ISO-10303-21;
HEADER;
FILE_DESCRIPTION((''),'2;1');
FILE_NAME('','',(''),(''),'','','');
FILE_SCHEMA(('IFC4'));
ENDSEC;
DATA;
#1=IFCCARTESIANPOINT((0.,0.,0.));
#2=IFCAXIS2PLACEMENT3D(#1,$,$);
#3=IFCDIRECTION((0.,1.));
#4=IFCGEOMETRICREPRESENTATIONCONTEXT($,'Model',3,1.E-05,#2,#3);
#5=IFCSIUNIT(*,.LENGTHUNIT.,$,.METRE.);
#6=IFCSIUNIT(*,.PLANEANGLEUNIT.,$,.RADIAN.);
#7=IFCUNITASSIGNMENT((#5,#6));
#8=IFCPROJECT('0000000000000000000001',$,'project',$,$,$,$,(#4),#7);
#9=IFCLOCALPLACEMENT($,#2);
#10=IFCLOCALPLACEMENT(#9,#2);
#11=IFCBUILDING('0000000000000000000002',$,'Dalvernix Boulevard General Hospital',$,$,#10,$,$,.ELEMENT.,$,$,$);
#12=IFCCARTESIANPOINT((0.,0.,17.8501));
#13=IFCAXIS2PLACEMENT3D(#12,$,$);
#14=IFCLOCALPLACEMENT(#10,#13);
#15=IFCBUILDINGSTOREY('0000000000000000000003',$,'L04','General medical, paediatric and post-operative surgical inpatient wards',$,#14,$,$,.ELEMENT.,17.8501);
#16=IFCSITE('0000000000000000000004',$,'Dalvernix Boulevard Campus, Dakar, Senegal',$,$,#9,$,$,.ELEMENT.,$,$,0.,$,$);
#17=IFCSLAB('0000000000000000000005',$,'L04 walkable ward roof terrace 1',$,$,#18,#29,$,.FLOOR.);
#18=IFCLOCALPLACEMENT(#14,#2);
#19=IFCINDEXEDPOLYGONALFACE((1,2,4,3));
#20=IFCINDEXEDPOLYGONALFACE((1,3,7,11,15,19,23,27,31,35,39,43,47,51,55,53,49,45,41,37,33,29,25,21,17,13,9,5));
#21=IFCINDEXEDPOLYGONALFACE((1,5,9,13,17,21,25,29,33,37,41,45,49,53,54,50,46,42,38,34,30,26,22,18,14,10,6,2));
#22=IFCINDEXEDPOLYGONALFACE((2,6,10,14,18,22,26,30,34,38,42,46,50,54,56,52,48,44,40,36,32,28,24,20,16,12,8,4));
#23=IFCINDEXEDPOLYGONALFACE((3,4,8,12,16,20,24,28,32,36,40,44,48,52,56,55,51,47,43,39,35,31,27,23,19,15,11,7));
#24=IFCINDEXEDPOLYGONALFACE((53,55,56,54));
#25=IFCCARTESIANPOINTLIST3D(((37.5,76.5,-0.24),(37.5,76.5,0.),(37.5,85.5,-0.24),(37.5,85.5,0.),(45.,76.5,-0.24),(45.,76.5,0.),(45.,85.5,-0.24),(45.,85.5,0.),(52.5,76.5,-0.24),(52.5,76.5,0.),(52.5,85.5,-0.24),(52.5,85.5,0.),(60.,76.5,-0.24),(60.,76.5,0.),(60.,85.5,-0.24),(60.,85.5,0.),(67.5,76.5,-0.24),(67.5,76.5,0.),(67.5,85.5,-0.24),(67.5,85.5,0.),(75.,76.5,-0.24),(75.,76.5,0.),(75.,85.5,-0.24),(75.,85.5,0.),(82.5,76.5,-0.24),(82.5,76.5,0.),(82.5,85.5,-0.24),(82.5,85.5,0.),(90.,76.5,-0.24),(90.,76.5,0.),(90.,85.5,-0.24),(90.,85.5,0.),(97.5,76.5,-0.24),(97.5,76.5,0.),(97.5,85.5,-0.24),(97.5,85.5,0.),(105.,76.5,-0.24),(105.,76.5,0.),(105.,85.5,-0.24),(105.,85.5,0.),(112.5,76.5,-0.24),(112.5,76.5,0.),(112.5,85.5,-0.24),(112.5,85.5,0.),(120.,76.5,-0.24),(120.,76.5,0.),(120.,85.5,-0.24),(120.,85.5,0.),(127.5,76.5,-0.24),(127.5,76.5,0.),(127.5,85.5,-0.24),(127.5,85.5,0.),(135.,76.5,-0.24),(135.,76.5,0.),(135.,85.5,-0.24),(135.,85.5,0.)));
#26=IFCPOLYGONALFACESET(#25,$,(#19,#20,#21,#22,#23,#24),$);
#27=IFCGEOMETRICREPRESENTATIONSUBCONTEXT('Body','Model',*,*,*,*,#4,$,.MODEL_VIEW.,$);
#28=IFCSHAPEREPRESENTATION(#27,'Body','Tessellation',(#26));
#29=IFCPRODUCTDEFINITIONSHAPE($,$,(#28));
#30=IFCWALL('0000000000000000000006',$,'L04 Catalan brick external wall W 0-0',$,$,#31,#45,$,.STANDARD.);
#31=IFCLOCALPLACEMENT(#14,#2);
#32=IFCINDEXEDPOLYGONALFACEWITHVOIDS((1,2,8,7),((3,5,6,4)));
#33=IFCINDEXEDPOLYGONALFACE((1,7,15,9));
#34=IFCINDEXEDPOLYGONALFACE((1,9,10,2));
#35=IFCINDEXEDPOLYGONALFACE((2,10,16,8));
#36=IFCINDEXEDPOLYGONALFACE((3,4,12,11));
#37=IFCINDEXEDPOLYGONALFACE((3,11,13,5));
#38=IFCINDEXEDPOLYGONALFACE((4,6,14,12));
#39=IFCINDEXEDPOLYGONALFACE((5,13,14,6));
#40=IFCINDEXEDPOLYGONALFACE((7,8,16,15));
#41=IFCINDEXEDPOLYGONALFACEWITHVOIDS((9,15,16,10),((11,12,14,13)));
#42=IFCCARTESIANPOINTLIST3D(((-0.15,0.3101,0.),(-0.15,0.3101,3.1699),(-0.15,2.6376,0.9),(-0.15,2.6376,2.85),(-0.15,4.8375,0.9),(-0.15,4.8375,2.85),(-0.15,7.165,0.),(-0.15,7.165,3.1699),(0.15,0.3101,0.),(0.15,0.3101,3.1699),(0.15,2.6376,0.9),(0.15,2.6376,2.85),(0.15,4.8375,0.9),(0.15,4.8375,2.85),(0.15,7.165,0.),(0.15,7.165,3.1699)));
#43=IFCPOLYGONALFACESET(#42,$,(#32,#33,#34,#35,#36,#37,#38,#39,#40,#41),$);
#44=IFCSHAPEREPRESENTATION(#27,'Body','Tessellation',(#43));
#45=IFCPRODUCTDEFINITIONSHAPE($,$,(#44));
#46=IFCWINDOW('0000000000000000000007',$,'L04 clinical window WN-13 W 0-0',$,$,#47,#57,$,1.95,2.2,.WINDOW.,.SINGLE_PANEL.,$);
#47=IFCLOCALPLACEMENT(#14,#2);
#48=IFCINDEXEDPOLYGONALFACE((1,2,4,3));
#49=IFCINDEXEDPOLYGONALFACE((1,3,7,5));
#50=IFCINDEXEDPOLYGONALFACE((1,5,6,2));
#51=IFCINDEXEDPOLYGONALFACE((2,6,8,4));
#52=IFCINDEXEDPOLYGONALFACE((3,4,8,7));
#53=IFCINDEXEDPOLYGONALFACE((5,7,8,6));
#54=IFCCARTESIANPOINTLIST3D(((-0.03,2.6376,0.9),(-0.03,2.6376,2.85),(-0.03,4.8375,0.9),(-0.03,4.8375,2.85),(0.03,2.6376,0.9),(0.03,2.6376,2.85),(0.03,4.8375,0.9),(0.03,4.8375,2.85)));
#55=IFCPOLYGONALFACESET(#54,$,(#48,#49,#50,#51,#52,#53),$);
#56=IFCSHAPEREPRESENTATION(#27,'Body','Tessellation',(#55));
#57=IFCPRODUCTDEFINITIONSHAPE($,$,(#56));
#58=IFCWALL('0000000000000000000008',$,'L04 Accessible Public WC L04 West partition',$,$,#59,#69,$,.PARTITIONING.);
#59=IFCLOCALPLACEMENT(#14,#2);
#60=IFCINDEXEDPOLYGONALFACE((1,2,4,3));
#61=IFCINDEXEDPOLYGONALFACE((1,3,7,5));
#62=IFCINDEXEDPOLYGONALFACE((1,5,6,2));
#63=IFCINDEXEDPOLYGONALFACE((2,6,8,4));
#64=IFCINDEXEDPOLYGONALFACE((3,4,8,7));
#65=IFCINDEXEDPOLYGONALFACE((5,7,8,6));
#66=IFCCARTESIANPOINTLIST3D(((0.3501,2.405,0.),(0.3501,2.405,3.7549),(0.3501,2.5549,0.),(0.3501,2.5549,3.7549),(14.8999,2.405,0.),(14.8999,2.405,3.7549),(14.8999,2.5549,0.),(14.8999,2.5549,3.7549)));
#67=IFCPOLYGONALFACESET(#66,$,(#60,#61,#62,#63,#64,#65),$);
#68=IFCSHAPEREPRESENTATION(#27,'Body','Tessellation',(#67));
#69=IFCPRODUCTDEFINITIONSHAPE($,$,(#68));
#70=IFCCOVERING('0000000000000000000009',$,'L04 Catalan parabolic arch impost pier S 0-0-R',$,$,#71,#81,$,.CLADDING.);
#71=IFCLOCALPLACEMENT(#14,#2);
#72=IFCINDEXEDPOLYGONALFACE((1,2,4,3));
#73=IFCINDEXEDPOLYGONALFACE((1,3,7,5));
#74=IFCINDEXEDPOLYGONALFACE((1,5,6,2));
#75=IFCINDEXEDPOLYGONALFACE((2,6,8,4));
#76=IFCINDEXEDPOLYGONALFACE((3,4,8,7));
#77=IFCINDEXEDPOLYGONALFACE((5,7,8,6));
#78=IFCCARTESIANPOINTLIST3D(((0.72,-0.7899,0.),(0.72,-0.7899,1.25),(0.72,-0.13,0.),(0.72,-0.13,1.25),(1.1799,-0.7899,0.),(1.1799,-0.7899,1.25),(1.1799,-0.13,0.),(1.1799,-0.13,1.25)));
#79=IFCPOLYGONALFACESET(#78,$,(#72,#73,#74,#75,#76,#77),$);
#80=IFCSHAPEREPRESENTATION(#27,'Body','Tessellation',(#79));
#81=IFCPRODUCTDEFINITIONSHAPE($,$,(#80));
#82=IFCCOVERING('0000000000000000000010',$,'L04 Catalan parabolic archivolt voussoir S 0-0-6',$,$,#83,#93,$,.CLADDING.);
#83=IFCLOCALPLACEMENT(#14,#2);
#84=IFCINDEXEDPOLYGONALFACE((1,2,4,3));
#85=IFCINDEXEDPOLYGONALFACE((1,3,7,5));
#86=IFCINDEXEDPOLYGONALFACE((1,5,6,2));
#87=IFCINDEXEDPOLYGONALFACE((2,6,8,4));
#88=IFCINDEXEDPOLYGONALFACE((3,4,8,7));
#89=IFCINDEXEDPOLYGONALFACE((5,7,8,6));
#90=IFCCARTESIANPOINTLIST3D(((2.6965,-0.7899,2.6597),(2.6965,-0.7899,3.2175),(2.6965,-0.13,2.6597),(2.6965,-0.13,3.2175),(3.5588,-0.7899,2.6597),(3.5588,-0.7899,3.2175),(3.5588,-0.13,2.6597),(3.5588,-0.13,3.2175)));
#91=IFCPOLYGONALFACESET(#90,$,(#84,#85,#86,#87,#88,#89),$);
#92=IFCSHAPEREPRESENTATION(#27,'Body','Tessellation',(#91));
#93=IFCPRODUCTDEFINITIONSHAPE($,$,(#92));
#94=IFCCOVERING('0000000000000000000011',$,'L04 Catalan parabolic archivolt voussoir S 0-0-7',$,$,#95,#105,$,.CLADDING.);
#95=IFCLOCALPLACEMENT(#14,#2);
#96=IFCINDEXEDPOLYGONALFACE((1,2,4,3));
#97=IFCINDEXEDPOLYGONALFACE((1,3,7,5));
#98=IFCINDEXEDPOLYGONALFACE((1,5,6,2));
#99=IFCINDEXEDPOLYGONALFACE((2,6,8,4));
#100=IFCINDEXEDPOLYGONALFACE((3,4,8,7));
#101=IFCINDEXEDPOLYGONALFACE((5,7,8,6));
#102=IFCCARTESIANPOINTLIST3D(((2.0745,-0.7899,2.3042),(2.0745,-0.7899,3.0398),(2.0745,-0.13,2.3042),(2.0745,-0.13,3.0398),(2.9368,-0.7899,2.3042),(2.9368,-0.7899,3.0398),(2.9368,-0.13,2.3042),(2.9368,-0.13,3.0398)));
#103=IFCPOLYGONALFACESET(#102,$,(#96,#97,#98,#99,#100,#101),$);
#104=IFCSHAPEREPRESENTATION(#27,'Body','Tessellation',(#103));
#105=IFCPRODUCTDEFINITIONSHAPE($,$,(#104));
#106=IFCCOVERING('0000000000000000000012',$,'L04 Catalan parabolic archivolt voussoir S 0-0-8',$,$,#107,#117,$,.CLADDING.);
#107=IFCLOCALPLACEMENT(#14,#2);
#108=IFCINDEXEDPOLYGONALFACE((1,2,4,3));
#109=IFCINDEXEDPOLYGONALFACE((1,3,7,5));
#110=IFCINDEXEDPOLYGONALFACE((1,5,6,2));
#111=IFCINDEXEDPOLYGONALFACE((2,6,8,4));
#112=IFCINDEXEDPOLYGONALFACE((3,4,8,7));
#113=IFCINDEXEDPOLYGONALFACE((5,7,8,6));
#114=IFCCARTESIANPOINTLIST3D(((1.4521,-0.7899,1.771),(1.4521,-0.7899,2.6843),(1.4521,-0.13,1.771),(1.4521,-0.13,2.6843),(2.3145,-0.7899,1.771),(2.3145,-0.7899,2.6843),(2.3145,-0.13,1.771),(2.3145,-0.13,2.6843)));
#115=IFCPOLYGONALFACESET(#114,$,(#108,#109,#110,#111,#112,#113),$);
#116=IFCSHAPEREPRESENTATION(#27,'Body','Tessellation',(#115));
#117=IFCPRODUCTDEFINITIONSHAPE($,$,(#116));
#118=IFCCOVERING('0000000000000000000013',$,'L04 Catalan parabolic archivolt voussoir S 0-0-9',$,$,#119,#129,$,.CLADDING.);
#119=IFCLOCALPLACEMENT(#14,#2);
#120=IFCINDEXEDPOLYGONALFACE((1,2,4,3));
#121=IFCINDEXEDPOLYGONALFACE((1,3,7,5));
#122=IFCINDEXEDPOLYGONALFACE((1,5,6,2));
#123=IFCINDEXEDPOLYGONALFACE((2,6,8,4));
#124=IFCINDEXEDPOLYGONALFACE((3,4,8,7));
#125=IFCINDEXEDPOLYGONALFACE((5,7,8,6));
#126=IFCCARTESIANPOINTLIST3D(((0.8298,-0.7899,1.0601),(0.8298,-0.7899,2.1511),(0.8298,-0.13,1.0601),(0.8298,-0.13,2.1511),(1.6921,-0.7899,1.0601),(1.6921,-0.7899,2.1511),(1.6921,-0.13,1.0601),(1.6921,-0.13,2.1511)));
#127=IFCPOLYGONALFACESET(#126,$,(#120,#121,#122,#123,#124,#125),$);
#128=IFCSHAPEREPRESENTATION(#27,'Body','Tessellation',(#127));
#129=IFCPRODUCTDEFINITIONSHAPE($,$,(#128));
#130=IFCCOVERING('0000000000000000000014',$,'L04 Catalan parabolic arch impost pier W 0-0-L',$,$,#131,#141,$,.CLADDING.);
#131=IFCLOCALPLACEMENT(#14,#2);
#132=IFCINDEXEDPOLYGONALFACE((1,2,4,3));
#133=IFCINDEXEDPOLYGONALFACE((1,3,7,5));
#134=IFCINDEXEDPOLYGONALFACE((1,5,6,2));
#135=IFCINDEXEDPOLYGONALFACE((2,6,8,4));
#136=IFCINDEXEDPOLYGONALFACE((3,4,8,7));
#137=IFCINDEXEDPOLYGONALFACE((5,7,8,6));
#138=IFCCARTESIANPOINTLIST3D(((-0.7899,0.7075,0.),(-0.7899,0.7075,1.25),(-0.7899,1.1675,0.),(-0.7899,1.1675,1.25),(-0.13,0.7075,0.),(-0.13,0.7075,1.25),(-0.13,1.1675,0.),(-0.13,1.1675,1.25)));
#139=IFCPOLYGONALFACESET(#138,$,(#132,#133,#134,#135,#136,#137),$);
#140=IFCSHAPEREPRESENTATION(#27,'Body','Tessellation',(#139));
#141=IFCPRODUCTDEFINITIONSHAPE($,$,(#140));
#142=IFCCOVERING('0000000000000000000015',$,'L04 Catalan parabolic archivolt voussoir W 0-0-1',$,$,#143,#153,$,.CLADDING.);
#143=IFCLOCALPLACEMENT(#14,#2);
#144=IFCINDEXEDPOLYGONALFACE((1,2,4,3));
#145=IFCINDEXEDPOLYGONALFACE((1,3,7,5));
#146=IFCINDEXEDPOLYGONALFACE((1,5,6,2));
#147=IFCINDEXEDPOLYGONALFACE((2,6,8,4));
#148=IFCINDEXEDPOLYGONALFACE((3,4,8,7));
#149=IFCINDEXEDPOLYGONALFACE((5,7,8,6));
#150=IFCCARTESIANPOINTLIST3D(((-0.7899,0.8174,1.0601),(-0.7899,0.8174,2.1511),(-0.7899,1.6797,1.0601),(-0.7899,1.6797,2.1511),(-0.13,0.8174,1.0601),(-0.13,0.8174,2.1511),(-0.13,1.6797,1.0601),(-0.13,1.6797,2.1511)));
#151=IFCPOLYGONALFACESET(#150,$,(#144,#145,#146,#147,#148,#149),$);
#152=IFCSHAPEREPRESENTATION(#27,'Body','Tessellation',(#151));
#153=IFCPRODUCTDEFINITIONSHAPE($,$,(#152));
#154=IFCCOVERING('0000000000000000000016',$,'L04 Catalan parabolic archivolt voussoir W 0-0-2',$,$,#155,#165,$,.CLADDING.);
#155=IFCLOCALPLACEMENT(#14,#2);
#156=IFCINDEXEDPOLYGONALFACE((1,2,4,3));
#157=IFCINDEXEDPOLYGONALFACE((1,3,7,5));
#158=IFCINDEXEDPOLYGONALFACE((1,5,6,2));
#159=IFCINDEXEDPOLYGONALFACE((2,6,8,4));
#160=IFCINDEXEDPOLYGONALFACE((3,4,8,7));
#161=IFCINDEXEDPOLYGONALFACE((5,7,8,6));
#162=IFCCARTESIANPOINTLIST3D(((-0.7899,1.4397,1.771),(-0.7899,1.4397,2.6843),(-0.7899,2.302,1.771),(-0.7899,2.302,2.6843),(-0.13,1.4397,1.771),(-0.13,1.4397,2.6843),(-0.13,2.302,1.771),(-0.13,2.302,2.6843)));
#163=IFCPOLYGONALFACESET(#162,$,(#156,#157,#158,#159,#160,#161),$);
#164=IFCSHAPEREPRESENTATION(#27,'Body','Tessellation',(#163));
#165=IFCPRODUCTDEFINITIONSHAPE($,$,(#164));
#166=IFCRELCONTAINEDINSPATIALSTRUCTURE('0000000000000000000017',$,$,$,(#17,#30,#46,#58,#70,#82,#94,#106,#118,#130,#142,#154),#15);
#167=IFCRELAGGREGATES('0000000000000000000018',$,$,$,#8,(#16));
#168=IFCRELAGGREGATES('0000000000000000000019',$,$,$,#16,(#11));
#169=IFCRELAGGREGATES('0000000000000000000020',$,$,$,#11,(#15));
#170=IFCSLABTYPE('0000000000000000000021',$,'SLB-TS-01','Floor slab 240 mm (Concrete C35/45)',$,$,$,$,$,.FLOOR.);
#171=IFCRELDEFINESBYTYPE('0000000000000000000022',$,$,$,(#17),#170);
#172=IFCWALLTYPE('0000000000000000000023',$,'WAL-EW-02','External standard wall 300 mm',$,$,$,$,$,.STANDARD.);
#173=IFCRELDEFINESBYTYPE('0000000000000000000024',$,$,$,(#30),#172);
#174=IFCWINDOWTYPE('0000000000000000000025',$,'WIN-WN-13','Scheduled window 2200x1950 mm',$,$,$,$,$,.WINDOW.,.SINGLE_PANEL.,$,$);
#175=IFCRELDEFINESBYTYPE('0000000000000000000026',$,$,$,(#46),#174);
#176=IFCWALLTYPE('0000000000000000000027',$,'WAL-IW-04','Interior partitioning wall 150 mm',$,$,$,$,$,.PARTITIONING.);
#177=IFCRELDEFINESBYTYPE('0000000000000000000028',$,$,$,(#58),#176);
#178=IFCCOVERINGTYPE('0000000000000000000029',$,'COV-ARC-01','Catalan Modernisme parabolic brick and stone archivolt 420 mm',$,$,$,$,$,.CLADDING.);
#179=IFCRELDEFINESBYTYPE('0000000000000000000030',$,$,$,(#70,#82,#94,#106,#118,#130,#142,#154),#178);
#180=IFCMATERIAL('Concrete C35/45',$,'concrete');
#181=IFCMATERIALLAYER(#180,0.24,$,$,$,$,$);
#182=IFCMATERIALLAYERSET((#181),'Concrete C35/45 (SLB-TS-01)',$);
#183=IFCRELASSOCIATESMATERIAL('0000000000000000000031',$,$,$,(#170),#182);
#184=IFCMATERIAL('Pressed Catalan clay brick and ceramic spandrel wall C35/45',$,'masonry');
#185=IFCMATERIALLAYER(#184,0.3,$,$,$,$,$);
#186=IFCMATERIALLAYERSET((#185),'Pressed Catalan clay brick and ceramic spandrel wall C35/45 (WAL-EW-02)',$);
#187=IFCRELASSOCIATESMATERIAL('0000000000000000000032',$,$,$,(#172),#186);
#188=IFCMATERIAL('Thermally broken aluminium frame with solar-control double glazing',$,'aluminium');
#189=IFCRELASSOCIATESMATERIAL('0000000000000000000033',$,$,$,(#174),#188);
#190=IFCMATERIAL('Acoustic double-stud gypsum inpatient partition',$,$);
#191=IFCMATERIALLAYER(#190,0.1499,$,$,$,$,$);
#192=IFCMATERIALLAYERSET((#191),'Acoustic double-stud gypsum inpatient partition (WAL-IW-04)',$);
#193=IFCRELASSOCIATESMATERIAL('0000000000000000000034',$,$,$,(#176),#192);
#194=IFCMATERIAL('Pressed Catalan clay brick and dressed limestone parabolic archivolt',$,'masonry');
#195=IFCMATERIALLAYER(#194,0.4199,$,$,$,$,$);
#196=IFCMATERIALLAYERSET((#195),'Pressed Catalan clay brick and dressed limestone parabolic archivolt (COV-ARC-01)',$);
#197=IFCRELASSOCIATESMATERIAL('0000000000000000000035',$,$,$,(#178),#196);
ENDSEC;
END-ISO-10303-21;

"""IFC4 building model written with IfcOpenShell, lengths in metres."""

from ifc_helpers import new_model, si_unit, direction, frame, frame_2d, origin, origin_2d, place, context, subcontext, project, spatial, polyline, rectangle, outline, extrude, material, layer, layer_set, type_object, element, fill, save


model = new_model("IFC4")

# Units and contexts
model_context = context("Model", 3, precision=1e-05, world=origin(), true_north=direction((0.0, 1.0)))
body_context = subcontext(model_context, "Body", "Model", "MODEL_VIEW")
ifc_project = project(units=[si_unit("LENGTHUNIT", "METRE"), si_unit("PLANEANGLEUNIT", "RADIAN")], contexts=[model_context])

# Site, building, storey
site_placement = place(None, origin())
site = spatial("IfcSite", under=ifc_project, at=site_placement, Name="Dalvernix Boulevard Campus, Dakar, Senegal", CompositionType="ELEMENT", RefElevation=0.0)
building_placement = place(site_placement, origin())
building = spatial("IfcBuilding", under=site, at=building_placement, Name="Dalvernix Boulevard General Hospital", CompositionType="ELEMENT")
storey_placement = place(building_placement, frame((0.0, 0.0, 17.8501)))
storey = spatial("IfcBuildingStorey", under=building, at=storey_placement, Name="L04", Description="General medical, paediatric and post-operative surgical inpatient wards", CompositionType="ELEMENT", Elevation=17.8501)

# Shared definitions
ifc_material_1 = material(Name="Concrete C35/45", Category="concrete")

# Slab
ifc_layer_1 = layer(ifc_material_1, 0.24)
ifc_layer_set_1 = layer_set([ifc_layer_1], Name="Concrete C35/45 (SLB-TS-01)")
slab_type_1 = type_object("IfcSlabType", Name="SLB-TS-01", Description="Floor slab 240 mm (Concrete C35/45)", PredefinedType="FLOOR", material=ifc_layer_set_1)
slab_1_placement = place(storey_placement, frame((0.0, 0.0, -0.24)))
element("IfcSlab", 1, at=slab_1_placement, inside=storey, type_object=slab_type_1, Name="L04 walkable ward roof terrace 1", PredefinedType="FLOOR", context=body_context, shape_type="SweptSolid", body=[
    extrude(outline(polyline([(45.0, 85.5), (52.5, 85.5), (60.0, 85.5), (67.5, 85.5), (75.0, 85.5), (82.5, 85.5), (90.0, 85.5), (97.5, 85.5), (105.0, 85.5), (112.5, 85.5), (120.0, 85.5), (127.5, 85.5), (135.0, 85.5), (135.0, 76.5), (127.5, 76.5), (120.0, 76.5), (112.5, 76.5), (105.0, 76.5), (97.5, 76.5), (90.0, 76.5), (82.5, 76.5), (75.0, 76.5), (67.5, 76.5), (60.0, 76.5), (52.5, 76.5), (45.0, 76.5), (37.5, 76.5), (37.5, 85.5), (45.0, 85.5)])), origin(), (0.0, 0.0, 1.0), 0.24),
])

# Wall, opening, window
ifc_material_2 = material(Name="Pressed Catalan clay brick and ceramic spandrel wall C35/45", Category="masonry")
ifc_layer_2 = layer(ifc_material_2, 0.3)
ifc_layer_set_2 = layer_set([ifc_layer_2], Name="Pressed Catalan clay brick and ceramic spandrel wall C35/45 (WAL-EW-02)")
wall_type_1 = type_object("IfcWallType", Name="WAL-EW-02", Description="External standard wall 300 mm", PredefinedType="STANDARD", material=ifc_layer_set_2)
wall_1_placement = place(storey_placement, frame((0.0, 0.3101, 0.0), z_axis=(0.0, 0.0, 1.0), x_axis=(0.0, 1.0, 0.0)))
wall_1 = element("IfcWall", 2, at=wall_1_placement, inside=storey, type_object=wall_type_1, Name="L04 Catalan brick external wall W 0-0", PredefinedType="STANDARD", context=body_context, shape_type="SweptSolid", body=[
    extrude(rectangle(XDim=6.855, YDim=0.3, at=frame_2d((3.4275, 0.0))), origin(), (0.0, 0.0, 1.0), 3.1699),
])
opening_placement = place(wall_1_placement, frame((2.3274, 0.0, 0.8999)))
opening = element("IfcOpeningElement", 3, at=opening_placement, cuts=wall_1, PredefinedType="OPENING", context=body_context, shape_type="SweptSolid", body=[
    extrude(rectangle(XDim=2.2, YDim=1.95, at=frame_2d((1.1001, 0.9751))), frame((0.0, 0.1599, 0.0), z_axis=(0.0, -1.0, 0.0), x_axis=(1.0, 0.0, 0.0)), (0.0, 0.0, 1.0), 0.3201),
])
ifc_material_3 = material(Name="Thermally broken aluminium frame with solar-control double glazing", Category="aluminium")
window_type = type_object("IfcWindowType", Name="WIN-WN-13", Description="Scheduled window 2200x1950 mm", PartitioningType="SINGLE_PANEL", PredefinedType="WINDOW", material=ifc_material_3)
window_placement = place(opening_placement, origin())
window = element("IfcWindow", 4, at=window_placement, inside=storey, type_object=window_type, Name="L04 clinical window WN-13 W 0-0", OverallHeight=1.95, OverallWidth=2.2, PartitioningType="SINGLE_PANEL", PredefinedType="WINDOW", context=body_context, shape_type="SweptSolid", body=[
    extrude(rectangle(XDim=2.2, YDim=1.95, at=frame_2d((1.1001, 0.9751))), frame((0.0, 0.03, 0.0), z_axis=(0.0, -1.0, 0.0), x_axis=(1.0, 0.0, 0.0)), (0.0, 0.0, 1.0), 0.0601),
])
fill(opening, window)

# Wall
ifc_material_4 = material(Name="Acoustic double-stud gypsum inpatient partition")
ifc_layer_3 = layer(ifc_material_4, 0.1499)
ifc_layer_set_3 = layer_set([ifc_layer_3], Name="Acoustic double-stud gypsum inpatient partition (WAL-IW-04)")
wall_type_2 = type_object("IfcWallType", Name="WAL-IW-04", Description="Interior partitioning wall 150 mm", PredefinedType="PARTITIONING", material=ifc_layer_set_3)
wall_2_placement = place(storey_placement, frame((0.3501, 2.48, 0.0), z_axis=(0.0, 0.0, 1.0), x_axis=(1.0, 0.0, 0.0)))
element("IfcWall", 5, at=wall_2_placement, inside=storey, type_object=wall_type_2, Name="L04 Accessible Public WC L04 West partition", PredefinedType="PARTITIONING", context=body_context, shape_type="SweptSolid", body=[
    extrude(rectangle(XDim=14.5498, YDim=0.1499, at=frame_2d((7.2749, 0.0))), origin(), (0.0, 0.0, 1.0), 3.7549),
])

# Coverings
ifc_material_5 = material(Name="Pressed Catalan clay brick and dressed limestone parabolic archivolt", Category="masonry")
ifc_layer_4 = layer(ifc_material_5, 0.4199)
ifc_layer_set_4 = layer_set([ifc_layer_4], Name="Pressed Catalan clay brick and dressed limestone parabolic archivolt (COV-ARC-01)")
covering_type_1 = type_object("IfcCoveringType", Name="COV-ARC-01", Description="Catalan Modernisme parabolic brick and stone archivolt 420 mm", PredefinedType="CLADDING", material=ifc_layer_set_4)
covering_1_placement = place(storey_placement, frame((0.95, -0.46, 0.0), z_axis=(0.0, 0.0, 1.0), x_axis=(-1.0, 0.0, 0.0)))
element("IfcCovering", 6, at=covering_1_placement, inside=storey, type_object=covering_type_1, Name="L04 Catalan parabolic arch impost pier S 0-0-R", PredefinedType="CLADDING", context=body_context, shape_type="SweptSolid", body=[
    extrude(rectangle(XDim=0.46, YDim=0.6599, at=origin_2d()), origin(), (0.0, 0.0, 1.0), 1.25),
])
covering_2_placement = place(storey_placement, frame((3.1277, -0.46, 2.6597), z_axis=(0.0, 0.0, 1.0), x_axis=(-1.0, 0.0, 0.0)))
element("IfcCovering", 7, at=covering_2_placement, inside=storey, type_object=covering_type_1, Name="L04 Catalan parabolic archivolt voussoir S 0-0-6", PredefinedType="CLADDING", context=body_context, shape_type="SweptSolid", body=[
    extrude(rectangle(XDim=0.8623, YDim=0.6599, at=origin_2d()), origin(), (0.0, 0.0, 1.0), 0.5579),
])
covering_3_placement = place(storey_placement, frame((2.5056, -0.46, 2.3042), z_axis=(0.0, 0.0, 1.0), x_axis=(-1.0, 0.0, 0.0)))
element("IfcCovering", 8, at=covering_3_placement, inside=storey, type_object=covering_type_1, Name="L04 Catalan parabolic archivolt voussoir S 0-0-7", PredefinedType="CLADDING", context=body_context, shape_type="SweptSolid", body=[
    extrude(rectangle(XDim=0.8623, YDim=0.6599, at=origin_2d()), origin(), (0.0, 0.0, 1.0), 0.7356),
])
covering_4_placement = place(storey_placement, frame((1.8833, -0.46, 1.771), z_axis=(0.0, 0.0, 1.0), x_axis=(-1.0, 0.0, 0.0)))
element("IfcCovering", 9, at=covering_4_placement, inside=storey, type_object=covering_type_1, Name="L04 Catalan parabolic archivolt voussoir S 0-0-8", PredefinedType="CLADDING", context=body_context, shape_type="SweptSolid", body=[
    extrude(rectangle(XDim=0.8623, YDim=0.6599, at=origin_2d()), origin(), (0.0, 0.0, 1.0), 0.9133),
])
covering_5_placement = place(storey_placement, frame((1.261, -0.46, 1.0601), z_axis=(0.0, 0.0, 1.0), x_axis=(-1.0, 0.0, 0.0)))
element("IfcCovering", 10, at=covering_5_placement, inside=storey, type_object=covering_type_1, Name="L04 Catalan parabolic archivolt voussoir S 0-0-9", PredefinedType="CLADDING", context=body_context, shape_type="SweptSolid", body=[
    extrude(rectangle(XDim=0.8623, YDim=0.6599, at=origin_2d()), origin(), (0.0, 0.0, 1.0), 1.0911),
])
covering_6_placement = place(storey_placement, frame((-0.46, 0.9375, 0.0), z_axis=(0.0, 0.0, 1.0), x_axis=(0.0, 1.0, 0.0)))
element("IfcCovering", 11, at=covering_6_placement, inside=storey, type_object=covering_type_1, Name="L04 Catalan parabolic arch impost pier W 0-0-L", PredefinedType="CLADDING", context=body_context, shape_type="SweptSolid", body=[
    extrude(rectangle(XDim=0.46, YDim=0.6599, at=origin_2d()), origin(), (0.0, 0.0, 1.0), 1.25),
])
covering_7_placement = place(storey_placement, frame((-0.46, 1.2485, 1.0601), z_axis=(0.0, 0.0, 1.0), x_axis=(0.0, 1.0, 0.0)))
element("IfcCovering", 12, at=covering_7_placement, inside=storey, type_object=covering_type_1, Name="L04 Catalan parabolic archivolt voussoir W 0-0-1", PredefinedType="CLADDING", context=body_context, shape_type="SweptSolid", body=[
    extrude(rectangle(XDim=0.8623, YDim=0.6599, at=origin_2d()), origin(), (0.0, 0.0, 1.0), 1.0911),
])
covering_8_placement = place(storey_placement, frame((-0.46, 1.8708, 1.771), z_axis=(0.0, 0.0, 1.0), x_axis=(0.0, 1.0, 0.0)))
element("IfcCovering", 13, at=covering_8_placement, inside=storey, type_object=covering_type_1, Name="L04 Catalan parabolic archivolt voussoir W 0-0-2", PredefinedType="CLADDING", context=body_context, shape_type="SweptSolid", body=[
    extrude(rectangle(XDim=0.8623, YDim=0.6599, at=origin_2d()), origin(), (0.0, 0.0, 1.0), 0.9133),
])

save(model, "model.ifc")
